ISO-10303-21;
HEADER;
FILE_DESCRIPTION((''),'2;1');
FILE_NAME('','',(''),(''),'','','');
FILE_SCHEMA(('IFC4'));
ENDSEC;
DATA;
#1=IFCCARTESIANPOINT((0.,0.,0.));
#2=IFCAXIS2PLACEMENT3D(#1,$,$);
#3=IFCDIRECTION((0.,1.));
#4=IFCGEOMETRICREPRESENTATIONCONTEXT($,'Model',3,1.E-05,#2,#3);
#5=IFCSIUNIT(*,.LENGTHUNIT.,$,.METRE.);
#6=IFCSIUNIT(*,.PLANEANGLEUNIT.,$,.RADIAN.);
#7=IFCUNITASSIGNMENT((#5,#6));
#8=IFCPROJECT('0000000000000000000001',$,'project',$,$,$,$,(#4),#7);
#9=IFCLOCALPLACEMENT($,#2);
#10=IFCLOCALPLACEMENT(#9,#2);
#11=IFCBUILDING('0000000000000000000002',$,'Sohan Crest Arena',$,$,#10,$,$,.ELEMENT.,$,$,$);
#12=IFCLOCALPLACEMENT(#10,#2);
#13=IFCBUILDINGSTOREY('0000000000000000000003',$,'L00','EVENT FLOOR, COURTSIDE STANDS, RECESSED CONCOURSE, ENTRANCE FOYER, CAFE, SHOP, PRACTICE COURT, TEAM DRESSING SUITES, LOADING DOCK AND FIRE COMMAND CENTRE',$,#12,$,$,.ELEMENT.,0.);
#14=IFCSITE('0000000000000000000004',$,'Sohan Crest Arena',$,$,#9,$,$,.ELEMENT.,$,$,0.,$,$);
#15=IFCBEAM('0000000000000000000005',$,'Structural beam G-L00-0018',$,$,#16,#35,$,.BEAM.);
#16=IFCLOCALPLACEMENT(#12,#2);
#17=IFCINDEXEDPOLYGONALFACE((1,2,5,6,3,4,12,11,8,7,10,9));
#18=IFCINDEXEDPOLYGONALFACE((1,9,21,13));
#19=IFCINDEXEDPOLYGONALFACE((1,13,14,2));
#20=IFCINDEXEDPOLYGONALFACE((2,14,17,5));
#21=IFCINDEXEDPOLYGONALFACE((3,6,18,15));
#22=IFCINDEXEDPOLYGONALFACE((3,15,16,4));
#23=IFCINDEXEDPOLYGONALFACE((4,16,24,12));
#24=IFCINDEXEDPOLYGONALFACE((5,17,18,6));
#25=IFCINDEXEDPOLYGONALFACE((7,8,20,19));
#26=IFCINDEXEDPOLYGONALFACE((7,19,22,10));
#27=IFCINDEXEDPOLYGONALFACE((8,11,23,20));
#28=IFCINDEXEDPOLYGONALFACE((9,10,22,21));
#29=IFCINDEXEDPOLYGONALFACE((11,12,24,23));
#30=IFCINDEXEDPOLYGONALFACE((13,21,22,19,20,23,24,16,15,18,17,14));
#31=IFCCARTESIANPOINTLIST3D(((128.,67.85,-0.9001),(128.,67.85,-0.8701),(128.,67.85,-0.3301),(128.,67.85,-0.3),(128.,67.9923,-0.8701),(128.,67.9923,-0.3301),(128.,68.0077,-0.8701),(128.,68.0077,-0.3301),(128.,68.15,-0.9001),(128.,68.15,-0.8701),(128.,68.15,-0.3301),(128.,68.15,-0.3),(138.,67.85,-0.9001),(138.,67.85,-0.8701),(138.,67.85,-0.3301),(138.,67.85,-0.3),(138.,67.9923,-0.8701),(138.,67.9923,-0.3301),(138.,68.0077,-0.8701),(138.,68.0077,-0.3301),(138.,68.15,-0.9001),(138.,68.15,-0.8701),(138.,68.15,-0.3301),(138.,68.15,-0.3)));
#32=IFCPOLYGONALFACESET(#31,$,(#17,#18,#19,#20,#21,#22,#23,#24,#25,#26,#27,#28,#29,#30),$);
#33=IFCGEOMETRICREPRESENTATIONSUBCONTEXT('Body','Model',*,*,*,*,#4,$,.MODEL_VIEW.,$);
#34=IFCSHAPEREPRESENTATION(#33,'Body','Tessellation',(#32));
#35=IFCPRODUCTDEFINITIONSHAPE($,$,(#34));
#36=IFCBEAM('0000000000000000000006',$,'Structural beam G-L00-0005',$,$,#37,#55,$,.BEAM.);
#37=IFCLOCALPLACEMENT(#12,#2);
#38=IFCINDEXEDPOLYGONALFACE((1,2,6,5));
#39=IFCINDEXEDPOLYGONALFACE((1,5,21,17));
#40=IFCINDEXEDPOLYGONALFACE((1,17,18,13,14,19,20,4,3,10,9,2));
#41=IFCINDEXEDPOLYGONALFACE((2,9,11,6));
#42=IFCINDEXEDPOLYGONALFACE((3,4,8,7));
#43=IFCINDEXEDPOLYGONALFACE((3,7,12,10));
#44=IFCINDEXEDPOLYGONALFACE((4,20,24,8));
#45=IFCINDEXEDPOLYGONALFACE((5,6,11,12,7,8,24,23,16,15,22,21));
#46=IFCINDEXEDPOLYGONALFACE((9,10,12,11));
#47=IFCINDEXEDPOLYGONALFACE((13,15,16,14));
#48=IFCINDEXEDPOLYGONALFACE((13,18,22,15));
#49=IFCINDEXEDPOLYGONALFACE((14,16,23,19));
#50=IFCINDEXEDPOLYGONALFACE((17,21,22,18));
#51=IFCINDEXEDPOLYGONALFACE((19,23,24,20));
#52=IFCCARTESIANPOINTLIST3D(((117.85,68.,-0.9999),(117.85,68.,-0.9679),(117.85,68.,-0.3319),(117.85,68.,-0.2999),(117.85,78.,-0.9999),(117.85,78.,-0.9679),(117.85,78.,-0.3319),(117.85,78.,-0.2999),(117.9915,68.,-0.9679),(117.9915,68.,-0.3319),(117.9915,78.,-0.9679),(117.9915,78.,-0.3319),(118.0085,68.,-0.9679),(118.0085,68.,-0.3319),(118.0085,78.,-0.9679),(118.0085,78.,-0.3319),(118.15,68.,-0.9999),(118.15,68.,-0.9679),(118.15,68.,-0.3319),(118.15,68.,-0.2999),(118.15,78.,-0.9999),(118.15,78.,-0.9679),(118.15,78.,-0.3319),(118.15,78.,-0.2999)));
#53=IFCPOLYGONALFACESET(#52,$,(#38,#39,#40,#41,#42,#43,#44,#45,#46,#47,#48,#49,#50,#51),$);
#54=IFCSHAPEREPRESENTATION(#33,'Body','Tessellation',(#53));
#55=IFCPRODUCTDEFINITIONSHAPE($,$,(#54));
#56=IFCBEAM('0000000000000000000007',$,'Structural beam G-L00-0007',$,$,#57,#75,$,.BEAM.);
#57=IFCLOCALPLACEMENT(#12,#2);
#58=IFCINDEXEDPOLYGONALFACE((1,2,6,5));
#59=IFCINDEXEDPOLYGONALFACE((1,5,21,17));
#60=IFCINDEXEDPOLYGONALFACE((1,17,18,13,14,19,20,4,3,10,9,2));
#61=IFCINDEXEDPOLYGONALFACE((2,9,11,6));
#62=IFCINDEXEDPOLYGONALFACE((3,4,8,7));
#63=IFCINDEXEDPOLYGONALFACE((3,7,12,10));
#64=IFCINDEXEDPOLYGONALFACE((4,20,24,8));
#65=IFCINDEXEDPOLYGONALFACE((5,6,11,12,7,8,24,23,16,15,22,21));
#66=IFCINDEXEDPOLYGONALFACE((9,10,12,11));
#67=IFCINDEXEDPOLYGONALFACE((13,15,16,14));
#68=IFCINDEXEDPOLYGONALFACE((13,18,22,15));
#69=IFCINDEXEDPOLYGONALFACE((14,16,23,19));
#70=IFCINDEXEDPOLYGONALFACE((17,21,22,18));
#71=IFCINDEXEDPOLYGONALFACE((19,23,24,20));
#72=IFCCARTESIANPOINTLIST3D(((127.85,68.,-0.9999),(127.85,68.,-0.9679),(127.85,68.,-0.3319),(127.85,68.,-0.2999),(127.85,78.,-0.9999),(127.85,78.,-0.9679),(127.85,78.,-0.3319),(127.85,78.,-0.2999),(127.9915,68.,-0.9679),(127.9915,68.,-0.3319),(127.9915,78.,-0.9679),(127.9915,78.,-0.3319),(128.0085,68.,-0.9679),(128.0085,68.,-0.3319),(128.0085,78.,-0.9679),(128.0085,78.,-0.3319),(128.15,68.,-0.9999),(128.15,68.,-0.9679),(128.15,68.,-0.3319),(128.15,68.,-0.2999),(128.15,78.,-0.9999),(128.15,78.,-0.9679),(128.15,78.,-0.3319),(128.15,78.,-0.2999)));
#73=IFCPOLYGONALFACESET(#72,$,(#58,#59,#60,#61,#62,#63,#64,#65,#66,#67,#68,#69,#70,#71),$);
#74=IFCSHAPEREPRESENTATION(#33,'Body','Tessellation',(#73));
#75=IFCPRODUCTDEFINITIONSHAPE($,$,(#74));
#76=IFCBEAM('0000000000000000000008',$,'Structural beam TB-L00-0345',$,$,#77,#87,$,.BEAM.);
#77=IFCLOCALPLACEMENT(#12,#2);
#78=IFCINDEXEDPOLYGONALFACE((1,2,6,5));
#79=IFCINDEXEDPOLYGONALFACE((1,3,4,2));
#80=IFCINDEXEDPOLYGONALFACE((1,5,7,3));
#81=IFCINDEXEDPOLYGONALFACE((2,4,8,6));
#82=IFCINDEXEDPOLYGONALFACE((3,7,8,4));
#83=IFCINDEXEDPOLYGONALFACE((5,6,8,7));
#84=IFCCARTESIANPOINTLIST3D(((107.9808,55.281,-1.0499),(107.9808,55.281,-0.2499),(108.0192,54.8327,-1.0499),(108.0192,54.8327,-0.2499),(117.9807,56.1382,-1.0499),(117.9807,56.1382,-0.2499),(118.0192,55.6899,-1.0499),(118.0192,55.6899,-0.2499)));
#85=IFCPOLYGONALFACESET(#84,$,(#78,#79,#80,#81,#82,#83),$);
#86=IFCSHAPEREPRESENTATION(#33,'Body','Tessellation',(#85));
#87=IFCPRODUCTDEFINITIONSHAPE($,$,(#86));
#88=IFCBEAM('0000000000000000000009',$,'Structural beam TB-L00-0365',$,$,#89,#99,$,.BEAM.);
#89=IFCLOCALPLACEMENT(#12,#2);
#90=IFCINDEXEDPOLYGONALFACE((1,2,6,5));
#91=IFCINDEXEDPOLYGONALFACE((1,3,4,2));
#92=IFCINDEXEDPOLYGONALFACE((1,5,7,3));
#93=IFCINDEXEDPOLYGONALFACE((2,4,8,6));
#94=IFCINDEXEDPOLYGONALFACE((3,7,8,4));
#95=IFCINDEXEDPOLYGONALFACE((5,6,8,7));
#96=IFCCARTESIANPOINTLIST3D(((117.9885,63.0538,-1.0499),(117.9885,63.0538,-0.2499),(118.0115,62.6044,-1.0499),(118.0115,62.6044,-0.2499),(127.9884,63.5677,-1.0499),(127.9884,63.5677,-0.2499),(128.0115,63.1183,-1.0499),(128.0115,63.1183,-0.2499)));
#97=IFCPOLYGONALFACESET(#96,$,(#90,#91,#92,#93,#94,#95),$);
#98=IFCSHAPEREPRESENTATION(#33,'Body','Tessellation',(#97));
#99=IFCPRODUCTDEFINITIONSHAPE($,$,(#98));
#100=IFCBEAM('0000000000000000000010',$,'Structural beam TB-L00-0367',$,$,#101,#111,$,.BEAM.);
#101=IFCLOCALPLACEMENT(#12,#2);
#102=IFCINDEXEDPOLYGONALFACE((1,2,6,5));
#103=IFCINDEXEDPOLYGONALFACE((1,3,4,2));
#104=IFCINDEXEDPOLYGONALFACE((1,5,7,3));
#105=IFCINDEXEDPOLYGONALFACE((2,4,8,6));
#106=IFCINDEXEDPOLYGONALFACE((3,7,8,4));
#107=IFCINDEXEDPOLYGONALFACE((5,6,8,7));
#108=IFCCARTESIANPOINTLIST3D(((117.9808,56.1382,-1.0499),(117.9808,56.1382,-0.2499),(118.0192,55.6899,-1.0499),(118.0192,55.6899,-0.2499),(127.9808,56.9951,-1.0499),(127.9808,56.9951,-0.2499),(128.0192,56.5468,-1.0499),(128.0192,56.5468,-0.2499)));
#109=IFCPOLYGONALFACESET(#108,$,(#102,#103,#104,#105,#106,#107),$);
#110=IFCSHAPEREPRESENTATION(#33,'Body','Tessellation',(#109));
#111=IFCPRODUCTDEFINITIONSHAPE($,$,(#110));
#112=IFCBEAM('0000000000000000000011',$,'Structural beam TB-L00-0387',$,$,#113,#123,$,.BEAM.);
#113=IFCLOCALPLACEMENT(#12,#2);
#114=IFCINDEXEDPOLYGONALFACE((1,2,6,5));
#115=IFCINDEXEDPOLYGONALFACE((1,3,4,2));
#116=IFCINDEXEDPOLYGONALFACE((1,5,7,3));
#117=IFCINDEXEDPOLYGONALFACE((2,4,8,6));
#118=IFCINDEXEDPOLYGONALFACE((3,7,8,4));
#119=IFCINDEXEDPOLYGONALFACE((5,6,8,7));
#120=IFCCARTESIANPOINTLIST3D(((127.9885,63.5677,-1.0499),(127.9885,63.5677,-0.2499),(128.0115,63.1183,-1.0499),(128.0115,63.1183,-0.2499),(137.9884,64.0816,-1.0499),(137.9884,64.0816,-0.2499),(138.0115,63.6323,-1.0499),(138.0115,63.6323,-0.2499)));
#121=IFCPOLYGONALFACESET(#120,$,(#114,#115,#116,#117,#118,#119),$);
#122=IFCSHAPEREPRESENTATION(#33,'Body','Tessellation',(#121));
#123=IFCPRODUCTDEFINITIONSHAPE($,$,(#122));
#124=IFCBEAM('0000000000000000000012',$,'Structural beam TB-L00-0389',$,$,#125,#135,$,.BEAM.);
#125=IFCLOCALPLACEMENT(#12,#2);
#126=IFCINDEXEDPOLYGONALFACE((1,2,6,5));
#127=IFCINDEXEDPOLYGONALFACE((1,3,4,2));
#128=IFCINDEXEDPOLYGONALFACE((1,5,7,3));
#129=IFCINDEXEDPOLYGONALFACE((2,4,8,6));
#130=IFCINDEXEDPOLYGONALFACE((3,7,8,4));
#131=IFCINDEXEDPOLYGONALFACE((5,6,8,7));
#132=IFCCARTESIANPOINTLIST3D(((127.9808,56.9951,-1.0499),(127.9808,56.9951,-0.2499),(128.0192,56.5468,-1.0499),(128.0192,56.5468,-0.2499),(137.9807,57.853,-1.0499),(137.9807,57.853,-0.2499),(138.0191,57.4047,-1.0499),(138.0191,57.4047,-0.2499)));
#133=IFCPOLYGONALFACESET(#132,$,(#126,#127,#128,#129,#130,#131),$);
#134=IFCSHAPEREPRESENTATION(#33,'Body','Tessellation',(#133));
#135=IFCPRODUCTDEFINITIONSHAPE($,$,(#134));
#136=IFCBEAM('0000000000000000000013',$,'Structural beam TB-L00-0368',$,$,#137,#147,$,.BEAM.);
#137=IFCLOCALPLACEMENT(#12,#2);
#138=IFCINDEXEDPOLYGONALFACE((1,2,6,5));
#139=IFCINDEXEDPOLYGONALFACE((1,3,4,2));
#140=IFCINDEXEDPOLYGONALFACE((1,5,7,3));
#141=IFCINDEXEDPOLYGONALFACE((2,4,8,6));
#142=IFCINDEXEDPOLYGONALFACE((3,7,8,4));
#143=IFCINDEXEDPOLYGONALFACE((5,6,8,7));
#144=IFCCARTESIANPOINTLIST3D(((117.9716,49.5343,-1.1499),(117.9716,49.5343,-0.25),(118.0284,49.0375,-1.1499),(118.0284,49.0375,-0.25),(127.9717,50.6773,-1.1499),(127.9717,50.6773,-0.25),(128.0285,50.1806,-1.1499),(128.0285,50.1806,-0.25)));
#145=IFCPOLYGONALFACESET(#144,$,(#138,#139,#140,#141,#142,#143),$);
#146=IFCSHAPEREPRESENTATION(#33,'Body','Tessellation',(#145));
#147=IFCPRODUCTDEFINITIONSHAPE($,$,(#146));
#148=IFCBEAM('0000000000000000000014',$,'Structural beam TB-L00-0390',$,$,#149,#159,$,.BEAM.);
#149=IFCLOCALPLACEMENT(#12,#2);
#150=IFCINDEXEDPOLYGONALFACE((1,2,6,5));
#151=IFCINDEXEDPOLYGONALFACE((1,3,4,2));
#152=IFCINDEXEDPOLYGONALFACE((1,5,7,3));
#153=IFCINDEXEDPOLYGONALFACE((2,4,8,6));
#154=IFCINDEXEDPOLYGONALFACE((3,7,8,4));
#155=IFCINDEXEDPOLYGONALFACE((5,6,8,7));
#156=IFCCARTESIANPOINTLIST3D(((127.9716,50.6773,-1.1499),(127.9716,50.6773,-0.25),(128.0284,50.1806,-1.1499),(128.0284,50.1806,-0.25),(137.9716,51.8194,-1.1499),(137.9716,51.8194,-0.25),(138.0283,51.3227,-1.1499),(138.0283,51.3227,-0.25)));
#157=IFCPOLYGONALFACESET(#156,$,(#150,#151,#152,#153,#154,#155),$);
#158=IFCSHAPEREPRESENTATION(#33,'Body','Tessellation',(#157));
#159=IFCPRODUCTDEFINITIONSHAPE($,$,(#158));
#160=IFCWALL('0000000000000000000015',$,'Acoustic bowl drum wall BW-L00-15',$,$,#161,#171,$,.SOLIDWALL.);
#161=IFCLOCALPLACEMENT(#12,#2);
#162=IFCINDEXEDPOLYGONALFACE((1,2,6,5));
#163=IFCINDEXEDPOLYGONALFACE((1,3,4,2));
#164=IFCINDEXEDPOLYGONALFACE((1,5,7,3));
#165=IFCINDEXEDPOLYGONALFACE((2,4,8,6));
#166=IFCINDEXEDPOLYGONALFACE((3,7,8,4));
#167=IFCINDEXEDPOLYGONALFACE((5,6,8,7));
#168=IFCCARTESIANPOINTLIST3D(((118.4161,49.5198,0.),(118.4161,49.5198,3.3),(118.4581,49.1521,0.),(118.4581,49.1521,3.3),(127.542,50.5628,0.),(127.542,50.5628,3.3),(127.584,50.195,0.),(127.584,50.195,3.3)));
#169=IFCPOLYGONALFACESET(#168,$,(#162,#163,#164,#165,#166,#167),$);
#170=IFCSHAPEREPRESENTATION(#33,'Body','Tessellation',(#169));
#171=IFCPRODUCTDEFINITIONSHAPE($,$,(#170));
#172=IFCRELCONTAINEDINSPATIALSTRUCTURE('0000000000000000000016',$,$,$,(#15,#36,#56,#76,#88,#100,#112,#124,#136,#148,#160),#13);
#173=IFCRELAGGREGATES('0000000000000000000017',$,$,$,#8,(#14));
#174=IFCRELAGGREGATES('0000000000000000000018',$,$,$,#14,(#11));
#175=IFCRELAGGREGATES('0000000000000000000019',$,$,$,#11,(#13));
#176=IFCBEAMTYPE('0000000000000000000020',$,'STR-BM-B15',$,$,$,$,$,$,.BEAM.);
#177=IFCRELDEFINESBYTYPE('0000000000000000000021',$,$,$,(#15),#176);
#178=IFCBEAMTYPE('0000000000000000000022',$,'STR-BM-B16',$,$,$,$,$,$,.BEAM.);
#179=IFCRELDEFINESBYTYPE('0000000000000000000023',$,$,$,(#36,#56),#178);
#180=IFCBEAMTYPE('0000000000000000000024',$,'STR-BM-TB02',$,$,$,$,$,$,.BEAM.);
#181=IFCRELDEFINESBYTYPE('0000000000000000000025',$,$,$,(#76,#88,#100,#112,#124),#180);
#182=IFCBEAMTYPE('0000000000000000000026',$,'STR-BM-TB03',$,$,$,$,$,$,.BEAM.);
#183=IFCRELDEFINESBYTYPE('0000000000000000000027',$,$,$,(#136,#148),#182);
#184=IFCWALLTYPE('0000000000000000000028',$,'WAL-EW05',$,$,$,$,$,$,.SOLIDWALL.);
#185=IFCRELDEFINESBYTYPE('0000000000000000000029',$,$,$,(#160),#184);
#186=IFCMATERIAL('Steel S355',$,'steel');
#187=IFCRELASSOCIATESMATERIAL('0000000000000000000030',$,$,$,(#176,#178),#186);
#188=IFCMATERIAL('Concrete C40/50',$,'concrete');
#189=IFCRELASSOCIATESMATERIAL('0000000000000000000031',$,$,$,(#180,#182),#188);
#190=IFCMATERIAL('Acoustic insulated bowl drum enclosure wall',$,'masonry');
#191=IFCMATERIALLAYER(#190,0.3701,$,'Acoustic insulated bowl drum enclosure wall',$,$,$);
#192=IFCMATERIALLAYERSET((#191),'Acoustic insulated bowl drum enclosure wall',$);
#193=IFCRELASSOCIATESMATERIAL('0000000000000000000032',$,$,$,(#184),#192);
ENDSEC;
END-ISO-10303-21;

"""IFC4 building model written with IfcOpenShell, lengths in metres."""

from ifc_helpers import new_model, si_unit, direction, frame, frame_2d, origin, origin_2d, place, context, subcontext, project, spatial, rectangle, i_section, extrude, material, layer, layer_set, material_profile, profile_set, type_object, element, save


model = new_model("IFC4")

# Units and contexts
model_context = context("Model", 3, precision=1e-05, world=origin(), true_north=direction((0.0, 1.0)))
body_context = subcontext(model_context, "Body", "Model", "MODEL_VIEW")
ifc_project = project(units=[si_unit("LENGTHUNIT", "METRE"), si_unit("PLANEANGLEUNIT", "RADIAN")], contexts=[model_context])

# Site, building, storey
site_placement = place(None, origin())
site = spatial("IfcSite", under=ifc_project, at=site_placement, Name="Sohan Crest Arena", CompositionType="ELEMENT", RefElevation=0.0)
building_placement = place(site_placement, origin())
building = spatial("IfcBuilding", under=site, at=building_placement, Name="Sohan Crest Arena", CompositionType="ELEMENT")
storey_placement = place(building_placement, origin())
storey = spatial("IfcBuildingStorey", under=building, at=storey_placement, Name="L00", Description="EVENT FLOOR, COURTSIDE STANDS, RECESSED CONCOURSE, ENTRANCE FOYER, CAFE, SHOP, PRACTICE COURT, TEAM DRESSING SUITES, LOADING DOCK AND FIRE COMMAND CENTRE", CompositionType="ELEMENT", Elevation=0.0)

# Shared definitions
ifc_material_1 = material(Name="Concrete C40/50", Category="concrete")

# Beams
ifc_material_2 = material(Name="Steel S355", Category="steel")
ifc_material_profile_1 = material_profile(ifc_material_2, i_section(OverallWidth=0.3, OverallDepth=0.6001, WebThickness=0.0154, FlangeThickness=0.03, at=origin_2d()), Name="HEB 600")
ifc_profile_set_1 = profile_set([ifc_material_profile_1], Name="Steel S355")
beam_type_1 = type_object("IfcBeamType", Name="STR-BM-B15", PredefinedType="BEAM", material=ifc_profile_set_1)
for number, where, z_axis, x_axis, name in (
    (1, (128.0, 68.0, -0.6001), (1.0, 0.0, 0.0), (0.0, 1.0, 0.0), "Structural beam G-L00-0018"),
):
    element("IfcBeam", number, at=place(storey_placement, frame(where, z_axis=z_axis, x_axis=x_axis)), inside=storey, type_object=beam_type_1, Name=name, PredefinedType="BEAM", context=body_context, shape_type="SweptSolid", body=[
        extrude(i_section(OverallWidth=0.3, OverallDepth=0.6001, WebThickness=0.0154, FlangeThickness=0.03, at=origin_2d()), origin(), (0.0, 0.0, 1.0), 10.0),
    ])
ifc_material_profile_2 = material_profile(ifc_material_2, i_section(OverallWidth=0.3, OverallDepth=0.7, WebThickness=0.0171, FlangeThickness=0.032, at=origin_2d()), Name="HEB 700")
ifc_profile_set_2 = profile_set([ifc_material_profile_2], Name="Steel S355")
beam_type_2 = type_object("IfcBeamType", Name="STR-BM-B16", PredefinedType="BEAM", material=ifc_profile_set_2)
for number, where, z_axis, x_axis, name in (
    (2, (118.0, 68.0, -0.6499), (0.0, 1.0, 0.0), (-1.0, 0.0, 0.0), "Structural beam G-L00-0005"),
    (3, (128.0, 68.0, -0.6499), (0.0, 1.0, 0.0), (-1.0, 0.0, 0.0), "Structural beam G-L00-0007"),
):
    element("IfcBeam", number, at=place(storey_placement, frame(where, z_axis=z_axis, x_axis=x_axis)), inside=storey, type_object=beam_type_2, Name=name, PredefinedType="BEAM", context=body_context, shape_type="SweptSolid", body=[
        extrude(i_section(OverallWidth=0.3, OverallDepth=0.7, WebThickness=0.0171, FlangeThickness=0.032, at=origin_2d()), origin(), (0.0, 0.0, 1.0), 10.0),
    ])
ifc_material_profile_3 = material_profile(ifc_material_1, rectangle(XDim=0.45, YDim=0.8, at=origin_2d()), Name="RC-BM 450x800")
ifc_profile_set_3 = profile_set([ifc_material_profile_3], Name="Concrete C40/50")
beam_type_3 = type_object("IfcBeamType", Name="STR-BM-TB02", PredefinedType="BEAM", material=ifc_profile_set_3)
beam_1_placement = place(storey_placement, frame((108.0, 55.0569, -0.6499), z_axis=(0.996346, 0.085405, 0.0), x_axis=(-0.085405, 0.996346, 0.0)))
element("IfcBeam", 4, at=beam_1_placement, inside=storey, type_object=beam_type_3, Name="Structural beam TB-L00-0345", PredefinedType="BEAM", context=body_context, shape_type="SweptSolid", body=[
    extrude(rectangle(XDim=0.45, YDim=0.8, at=origin_2d()), origin(), (0.0, 0.0, 1.0), 10.0366),
])
beam_2_placement = place(storey_placement, frame((118.0, 62.8291, -0.6499), z_axis=(0.998682, 0.051324, 0.0), x_axis=(-0.051324, 0.998682, 0.0)))
element("IfcBeam", 5, at=beam_2_placement, inside=storey, type_object=beam_type_3, Name="Structural beam TB-L00-0365", PredefinedType="BEAM", context=body_context, shape_type="SweptSolid", body=[
    extrude(rectangle(XDim=0.45, YDim=0.8, at=origin_2d()), origin(), (0.0, 0.0, 1.0), 10.0132),
])
beam_3_placement = place(storey_placement, frame((118.0, 55.9141, -0.6499), z_axis=(0.996348, 0.08538, 0.0), x_axis=(-0.08538, 0.996348, 0.0)))
element("IfcBeam", 6, at=beam_3_placement, inside=storey, type_object=beam_type_3, Name="Structural beam TB-L00-0367", PredefinedType="BEAM", context=body_context, shape_type="SweptSolid", body=[
    extrude(rectangle(XDim=0.45, YDim=0.8, at=origin_2d()), origin(), (0.0, 0.0, 1.0), 10.0366),
])
beam_4_placement = place(storey_placement, frame((128.0, 63.343, -0.6499), z_axis=(0.998682, 0.051324, 0.0), x_axis=(-0.051324, 0.998682, 0.0)))
element("IfcBeam", 7, at=beam_4_placement, inside=storey, type_object=beam_type_3, Name="Structural beam TB-L00-0387", PredefinedType="BEAM", context=body_context, shape_type="SweptSolid", body=[
    extrude(rectangle(XDim=0.45, YDim=0.8, at=origin_2d()), origin(), (0.0, 0.0, 1.0), 10.0132),
])
beam_5_placement = place(storey_placement, frame((128.0, 56.771, -0.6499), z_axis=(0.99634, 0.085477, 0.0), x_axis=(-0.085477, 0.99634, 0.0)))
element("IfcBeam", 8, at=beam_5_placement, inside=storey, type_object=beam_type_3, Name="Structural beam TB-L00-0389", PredefinedType="BEAM", context=body_context, shape_type="SweptSolid", body=[
    extrude(rectangle(XDim=0.45, YDim=0.8, at=origin_2d()), origin(), (0.0, 0.0, 1.0), 10.0366),
])
ifc_material_profile_4 = material_profile(ifc_material_1, rectangle(XDim=0.5, YDim=0.8999, at=origin_2d()), Name="RC-BM 500x900")
ifc_profile_set_4 = profile_set([ifc_material_profile_4], Name="Concrete C40/50")
beam_type_4 = type_object("IfcBeamType", Name="STR-BM-TB03", PredefinedType="BEAM", material=ifc_profile_set_4)
beam_6_placement = place(storey_placement, frame((118.0, 49.2859, -0.7), z_axis=(0.99353, 0.113567, 0.0), x_axis=(-0.113567, 0.99353, 0.0)))
element("IfcBeam", 9, at=beam_6_placement, inside=storey, type_object=beam_type_4, Name="Structural beam TB-L00-0368", PredefinedType="BEAM", context=body_context, shape_type="SweptSolid", body=[
    extrude(rectangle(XDim=0.5, YDim=0.8999, at=origin_2d()), origin(), (0.0, 0.0, 1.0), 10.0652),
])
beam_7_placement = place(storey_placement, frame((128.0, 50.429, -0.7), z_axis=(0.993541, 0.113471, 0.0), x_axis=(-0.113471, 0.993541, 0.0)))
element("IfcBeam", 10, at=beam_7_placement, inside=storey, type_object=beam_type_4, Name="Structural beam TB-L00-0390", PredefinedType="BEAM", context=body_context, shape_type="SweptSolid", body=[
    extrude(rectangle(XDim=0.5, YDim=0.8999, at=origin_2d()), origin(), (0.0, 0.0, 1.0), 10.0649),
])

# Wall
ifc_material_3 = material(Name="Acoustic insulated bowl drum enclosure wall", Category="masonry")
ifc_layer = layer(ifc_material_3, 0.3701, Name="Acoustic insulated bowl drum enclosure wall")
ifc_layer_set = layer_set([ifc_layer], Name="Acoustic insulated bowl drum enclosure wall")
wall_type = type_object("IfcWallType", Name="WAL-EW05", PredefinedType="SOLIDWALL", material=ifc_layer_set)
wall_1_placement = place(storey_placement, frame((118.437, 49.3359, 0.0), z_axis=(0.0, 0.0, 1.0), x_axis=(0.993533, 0.113547, 0.0)))
element("IfcWall", 11, at=wall_1_placement, inside=storey, type_object=wall_type, Name="Acoustic bowl drum wall BW-L00-15", PredefinedType="SOLIDWALL", context=body_context, shape_type="SweptSolid", body=[
    extrude(rectangle(XDim=9.1853, YDim=0.3701, at=frame_2d((4.5928, 0.0))), origin(), (0.0, 0.0, 1.0), 3.3),
])

save(model, "model.ifc")
